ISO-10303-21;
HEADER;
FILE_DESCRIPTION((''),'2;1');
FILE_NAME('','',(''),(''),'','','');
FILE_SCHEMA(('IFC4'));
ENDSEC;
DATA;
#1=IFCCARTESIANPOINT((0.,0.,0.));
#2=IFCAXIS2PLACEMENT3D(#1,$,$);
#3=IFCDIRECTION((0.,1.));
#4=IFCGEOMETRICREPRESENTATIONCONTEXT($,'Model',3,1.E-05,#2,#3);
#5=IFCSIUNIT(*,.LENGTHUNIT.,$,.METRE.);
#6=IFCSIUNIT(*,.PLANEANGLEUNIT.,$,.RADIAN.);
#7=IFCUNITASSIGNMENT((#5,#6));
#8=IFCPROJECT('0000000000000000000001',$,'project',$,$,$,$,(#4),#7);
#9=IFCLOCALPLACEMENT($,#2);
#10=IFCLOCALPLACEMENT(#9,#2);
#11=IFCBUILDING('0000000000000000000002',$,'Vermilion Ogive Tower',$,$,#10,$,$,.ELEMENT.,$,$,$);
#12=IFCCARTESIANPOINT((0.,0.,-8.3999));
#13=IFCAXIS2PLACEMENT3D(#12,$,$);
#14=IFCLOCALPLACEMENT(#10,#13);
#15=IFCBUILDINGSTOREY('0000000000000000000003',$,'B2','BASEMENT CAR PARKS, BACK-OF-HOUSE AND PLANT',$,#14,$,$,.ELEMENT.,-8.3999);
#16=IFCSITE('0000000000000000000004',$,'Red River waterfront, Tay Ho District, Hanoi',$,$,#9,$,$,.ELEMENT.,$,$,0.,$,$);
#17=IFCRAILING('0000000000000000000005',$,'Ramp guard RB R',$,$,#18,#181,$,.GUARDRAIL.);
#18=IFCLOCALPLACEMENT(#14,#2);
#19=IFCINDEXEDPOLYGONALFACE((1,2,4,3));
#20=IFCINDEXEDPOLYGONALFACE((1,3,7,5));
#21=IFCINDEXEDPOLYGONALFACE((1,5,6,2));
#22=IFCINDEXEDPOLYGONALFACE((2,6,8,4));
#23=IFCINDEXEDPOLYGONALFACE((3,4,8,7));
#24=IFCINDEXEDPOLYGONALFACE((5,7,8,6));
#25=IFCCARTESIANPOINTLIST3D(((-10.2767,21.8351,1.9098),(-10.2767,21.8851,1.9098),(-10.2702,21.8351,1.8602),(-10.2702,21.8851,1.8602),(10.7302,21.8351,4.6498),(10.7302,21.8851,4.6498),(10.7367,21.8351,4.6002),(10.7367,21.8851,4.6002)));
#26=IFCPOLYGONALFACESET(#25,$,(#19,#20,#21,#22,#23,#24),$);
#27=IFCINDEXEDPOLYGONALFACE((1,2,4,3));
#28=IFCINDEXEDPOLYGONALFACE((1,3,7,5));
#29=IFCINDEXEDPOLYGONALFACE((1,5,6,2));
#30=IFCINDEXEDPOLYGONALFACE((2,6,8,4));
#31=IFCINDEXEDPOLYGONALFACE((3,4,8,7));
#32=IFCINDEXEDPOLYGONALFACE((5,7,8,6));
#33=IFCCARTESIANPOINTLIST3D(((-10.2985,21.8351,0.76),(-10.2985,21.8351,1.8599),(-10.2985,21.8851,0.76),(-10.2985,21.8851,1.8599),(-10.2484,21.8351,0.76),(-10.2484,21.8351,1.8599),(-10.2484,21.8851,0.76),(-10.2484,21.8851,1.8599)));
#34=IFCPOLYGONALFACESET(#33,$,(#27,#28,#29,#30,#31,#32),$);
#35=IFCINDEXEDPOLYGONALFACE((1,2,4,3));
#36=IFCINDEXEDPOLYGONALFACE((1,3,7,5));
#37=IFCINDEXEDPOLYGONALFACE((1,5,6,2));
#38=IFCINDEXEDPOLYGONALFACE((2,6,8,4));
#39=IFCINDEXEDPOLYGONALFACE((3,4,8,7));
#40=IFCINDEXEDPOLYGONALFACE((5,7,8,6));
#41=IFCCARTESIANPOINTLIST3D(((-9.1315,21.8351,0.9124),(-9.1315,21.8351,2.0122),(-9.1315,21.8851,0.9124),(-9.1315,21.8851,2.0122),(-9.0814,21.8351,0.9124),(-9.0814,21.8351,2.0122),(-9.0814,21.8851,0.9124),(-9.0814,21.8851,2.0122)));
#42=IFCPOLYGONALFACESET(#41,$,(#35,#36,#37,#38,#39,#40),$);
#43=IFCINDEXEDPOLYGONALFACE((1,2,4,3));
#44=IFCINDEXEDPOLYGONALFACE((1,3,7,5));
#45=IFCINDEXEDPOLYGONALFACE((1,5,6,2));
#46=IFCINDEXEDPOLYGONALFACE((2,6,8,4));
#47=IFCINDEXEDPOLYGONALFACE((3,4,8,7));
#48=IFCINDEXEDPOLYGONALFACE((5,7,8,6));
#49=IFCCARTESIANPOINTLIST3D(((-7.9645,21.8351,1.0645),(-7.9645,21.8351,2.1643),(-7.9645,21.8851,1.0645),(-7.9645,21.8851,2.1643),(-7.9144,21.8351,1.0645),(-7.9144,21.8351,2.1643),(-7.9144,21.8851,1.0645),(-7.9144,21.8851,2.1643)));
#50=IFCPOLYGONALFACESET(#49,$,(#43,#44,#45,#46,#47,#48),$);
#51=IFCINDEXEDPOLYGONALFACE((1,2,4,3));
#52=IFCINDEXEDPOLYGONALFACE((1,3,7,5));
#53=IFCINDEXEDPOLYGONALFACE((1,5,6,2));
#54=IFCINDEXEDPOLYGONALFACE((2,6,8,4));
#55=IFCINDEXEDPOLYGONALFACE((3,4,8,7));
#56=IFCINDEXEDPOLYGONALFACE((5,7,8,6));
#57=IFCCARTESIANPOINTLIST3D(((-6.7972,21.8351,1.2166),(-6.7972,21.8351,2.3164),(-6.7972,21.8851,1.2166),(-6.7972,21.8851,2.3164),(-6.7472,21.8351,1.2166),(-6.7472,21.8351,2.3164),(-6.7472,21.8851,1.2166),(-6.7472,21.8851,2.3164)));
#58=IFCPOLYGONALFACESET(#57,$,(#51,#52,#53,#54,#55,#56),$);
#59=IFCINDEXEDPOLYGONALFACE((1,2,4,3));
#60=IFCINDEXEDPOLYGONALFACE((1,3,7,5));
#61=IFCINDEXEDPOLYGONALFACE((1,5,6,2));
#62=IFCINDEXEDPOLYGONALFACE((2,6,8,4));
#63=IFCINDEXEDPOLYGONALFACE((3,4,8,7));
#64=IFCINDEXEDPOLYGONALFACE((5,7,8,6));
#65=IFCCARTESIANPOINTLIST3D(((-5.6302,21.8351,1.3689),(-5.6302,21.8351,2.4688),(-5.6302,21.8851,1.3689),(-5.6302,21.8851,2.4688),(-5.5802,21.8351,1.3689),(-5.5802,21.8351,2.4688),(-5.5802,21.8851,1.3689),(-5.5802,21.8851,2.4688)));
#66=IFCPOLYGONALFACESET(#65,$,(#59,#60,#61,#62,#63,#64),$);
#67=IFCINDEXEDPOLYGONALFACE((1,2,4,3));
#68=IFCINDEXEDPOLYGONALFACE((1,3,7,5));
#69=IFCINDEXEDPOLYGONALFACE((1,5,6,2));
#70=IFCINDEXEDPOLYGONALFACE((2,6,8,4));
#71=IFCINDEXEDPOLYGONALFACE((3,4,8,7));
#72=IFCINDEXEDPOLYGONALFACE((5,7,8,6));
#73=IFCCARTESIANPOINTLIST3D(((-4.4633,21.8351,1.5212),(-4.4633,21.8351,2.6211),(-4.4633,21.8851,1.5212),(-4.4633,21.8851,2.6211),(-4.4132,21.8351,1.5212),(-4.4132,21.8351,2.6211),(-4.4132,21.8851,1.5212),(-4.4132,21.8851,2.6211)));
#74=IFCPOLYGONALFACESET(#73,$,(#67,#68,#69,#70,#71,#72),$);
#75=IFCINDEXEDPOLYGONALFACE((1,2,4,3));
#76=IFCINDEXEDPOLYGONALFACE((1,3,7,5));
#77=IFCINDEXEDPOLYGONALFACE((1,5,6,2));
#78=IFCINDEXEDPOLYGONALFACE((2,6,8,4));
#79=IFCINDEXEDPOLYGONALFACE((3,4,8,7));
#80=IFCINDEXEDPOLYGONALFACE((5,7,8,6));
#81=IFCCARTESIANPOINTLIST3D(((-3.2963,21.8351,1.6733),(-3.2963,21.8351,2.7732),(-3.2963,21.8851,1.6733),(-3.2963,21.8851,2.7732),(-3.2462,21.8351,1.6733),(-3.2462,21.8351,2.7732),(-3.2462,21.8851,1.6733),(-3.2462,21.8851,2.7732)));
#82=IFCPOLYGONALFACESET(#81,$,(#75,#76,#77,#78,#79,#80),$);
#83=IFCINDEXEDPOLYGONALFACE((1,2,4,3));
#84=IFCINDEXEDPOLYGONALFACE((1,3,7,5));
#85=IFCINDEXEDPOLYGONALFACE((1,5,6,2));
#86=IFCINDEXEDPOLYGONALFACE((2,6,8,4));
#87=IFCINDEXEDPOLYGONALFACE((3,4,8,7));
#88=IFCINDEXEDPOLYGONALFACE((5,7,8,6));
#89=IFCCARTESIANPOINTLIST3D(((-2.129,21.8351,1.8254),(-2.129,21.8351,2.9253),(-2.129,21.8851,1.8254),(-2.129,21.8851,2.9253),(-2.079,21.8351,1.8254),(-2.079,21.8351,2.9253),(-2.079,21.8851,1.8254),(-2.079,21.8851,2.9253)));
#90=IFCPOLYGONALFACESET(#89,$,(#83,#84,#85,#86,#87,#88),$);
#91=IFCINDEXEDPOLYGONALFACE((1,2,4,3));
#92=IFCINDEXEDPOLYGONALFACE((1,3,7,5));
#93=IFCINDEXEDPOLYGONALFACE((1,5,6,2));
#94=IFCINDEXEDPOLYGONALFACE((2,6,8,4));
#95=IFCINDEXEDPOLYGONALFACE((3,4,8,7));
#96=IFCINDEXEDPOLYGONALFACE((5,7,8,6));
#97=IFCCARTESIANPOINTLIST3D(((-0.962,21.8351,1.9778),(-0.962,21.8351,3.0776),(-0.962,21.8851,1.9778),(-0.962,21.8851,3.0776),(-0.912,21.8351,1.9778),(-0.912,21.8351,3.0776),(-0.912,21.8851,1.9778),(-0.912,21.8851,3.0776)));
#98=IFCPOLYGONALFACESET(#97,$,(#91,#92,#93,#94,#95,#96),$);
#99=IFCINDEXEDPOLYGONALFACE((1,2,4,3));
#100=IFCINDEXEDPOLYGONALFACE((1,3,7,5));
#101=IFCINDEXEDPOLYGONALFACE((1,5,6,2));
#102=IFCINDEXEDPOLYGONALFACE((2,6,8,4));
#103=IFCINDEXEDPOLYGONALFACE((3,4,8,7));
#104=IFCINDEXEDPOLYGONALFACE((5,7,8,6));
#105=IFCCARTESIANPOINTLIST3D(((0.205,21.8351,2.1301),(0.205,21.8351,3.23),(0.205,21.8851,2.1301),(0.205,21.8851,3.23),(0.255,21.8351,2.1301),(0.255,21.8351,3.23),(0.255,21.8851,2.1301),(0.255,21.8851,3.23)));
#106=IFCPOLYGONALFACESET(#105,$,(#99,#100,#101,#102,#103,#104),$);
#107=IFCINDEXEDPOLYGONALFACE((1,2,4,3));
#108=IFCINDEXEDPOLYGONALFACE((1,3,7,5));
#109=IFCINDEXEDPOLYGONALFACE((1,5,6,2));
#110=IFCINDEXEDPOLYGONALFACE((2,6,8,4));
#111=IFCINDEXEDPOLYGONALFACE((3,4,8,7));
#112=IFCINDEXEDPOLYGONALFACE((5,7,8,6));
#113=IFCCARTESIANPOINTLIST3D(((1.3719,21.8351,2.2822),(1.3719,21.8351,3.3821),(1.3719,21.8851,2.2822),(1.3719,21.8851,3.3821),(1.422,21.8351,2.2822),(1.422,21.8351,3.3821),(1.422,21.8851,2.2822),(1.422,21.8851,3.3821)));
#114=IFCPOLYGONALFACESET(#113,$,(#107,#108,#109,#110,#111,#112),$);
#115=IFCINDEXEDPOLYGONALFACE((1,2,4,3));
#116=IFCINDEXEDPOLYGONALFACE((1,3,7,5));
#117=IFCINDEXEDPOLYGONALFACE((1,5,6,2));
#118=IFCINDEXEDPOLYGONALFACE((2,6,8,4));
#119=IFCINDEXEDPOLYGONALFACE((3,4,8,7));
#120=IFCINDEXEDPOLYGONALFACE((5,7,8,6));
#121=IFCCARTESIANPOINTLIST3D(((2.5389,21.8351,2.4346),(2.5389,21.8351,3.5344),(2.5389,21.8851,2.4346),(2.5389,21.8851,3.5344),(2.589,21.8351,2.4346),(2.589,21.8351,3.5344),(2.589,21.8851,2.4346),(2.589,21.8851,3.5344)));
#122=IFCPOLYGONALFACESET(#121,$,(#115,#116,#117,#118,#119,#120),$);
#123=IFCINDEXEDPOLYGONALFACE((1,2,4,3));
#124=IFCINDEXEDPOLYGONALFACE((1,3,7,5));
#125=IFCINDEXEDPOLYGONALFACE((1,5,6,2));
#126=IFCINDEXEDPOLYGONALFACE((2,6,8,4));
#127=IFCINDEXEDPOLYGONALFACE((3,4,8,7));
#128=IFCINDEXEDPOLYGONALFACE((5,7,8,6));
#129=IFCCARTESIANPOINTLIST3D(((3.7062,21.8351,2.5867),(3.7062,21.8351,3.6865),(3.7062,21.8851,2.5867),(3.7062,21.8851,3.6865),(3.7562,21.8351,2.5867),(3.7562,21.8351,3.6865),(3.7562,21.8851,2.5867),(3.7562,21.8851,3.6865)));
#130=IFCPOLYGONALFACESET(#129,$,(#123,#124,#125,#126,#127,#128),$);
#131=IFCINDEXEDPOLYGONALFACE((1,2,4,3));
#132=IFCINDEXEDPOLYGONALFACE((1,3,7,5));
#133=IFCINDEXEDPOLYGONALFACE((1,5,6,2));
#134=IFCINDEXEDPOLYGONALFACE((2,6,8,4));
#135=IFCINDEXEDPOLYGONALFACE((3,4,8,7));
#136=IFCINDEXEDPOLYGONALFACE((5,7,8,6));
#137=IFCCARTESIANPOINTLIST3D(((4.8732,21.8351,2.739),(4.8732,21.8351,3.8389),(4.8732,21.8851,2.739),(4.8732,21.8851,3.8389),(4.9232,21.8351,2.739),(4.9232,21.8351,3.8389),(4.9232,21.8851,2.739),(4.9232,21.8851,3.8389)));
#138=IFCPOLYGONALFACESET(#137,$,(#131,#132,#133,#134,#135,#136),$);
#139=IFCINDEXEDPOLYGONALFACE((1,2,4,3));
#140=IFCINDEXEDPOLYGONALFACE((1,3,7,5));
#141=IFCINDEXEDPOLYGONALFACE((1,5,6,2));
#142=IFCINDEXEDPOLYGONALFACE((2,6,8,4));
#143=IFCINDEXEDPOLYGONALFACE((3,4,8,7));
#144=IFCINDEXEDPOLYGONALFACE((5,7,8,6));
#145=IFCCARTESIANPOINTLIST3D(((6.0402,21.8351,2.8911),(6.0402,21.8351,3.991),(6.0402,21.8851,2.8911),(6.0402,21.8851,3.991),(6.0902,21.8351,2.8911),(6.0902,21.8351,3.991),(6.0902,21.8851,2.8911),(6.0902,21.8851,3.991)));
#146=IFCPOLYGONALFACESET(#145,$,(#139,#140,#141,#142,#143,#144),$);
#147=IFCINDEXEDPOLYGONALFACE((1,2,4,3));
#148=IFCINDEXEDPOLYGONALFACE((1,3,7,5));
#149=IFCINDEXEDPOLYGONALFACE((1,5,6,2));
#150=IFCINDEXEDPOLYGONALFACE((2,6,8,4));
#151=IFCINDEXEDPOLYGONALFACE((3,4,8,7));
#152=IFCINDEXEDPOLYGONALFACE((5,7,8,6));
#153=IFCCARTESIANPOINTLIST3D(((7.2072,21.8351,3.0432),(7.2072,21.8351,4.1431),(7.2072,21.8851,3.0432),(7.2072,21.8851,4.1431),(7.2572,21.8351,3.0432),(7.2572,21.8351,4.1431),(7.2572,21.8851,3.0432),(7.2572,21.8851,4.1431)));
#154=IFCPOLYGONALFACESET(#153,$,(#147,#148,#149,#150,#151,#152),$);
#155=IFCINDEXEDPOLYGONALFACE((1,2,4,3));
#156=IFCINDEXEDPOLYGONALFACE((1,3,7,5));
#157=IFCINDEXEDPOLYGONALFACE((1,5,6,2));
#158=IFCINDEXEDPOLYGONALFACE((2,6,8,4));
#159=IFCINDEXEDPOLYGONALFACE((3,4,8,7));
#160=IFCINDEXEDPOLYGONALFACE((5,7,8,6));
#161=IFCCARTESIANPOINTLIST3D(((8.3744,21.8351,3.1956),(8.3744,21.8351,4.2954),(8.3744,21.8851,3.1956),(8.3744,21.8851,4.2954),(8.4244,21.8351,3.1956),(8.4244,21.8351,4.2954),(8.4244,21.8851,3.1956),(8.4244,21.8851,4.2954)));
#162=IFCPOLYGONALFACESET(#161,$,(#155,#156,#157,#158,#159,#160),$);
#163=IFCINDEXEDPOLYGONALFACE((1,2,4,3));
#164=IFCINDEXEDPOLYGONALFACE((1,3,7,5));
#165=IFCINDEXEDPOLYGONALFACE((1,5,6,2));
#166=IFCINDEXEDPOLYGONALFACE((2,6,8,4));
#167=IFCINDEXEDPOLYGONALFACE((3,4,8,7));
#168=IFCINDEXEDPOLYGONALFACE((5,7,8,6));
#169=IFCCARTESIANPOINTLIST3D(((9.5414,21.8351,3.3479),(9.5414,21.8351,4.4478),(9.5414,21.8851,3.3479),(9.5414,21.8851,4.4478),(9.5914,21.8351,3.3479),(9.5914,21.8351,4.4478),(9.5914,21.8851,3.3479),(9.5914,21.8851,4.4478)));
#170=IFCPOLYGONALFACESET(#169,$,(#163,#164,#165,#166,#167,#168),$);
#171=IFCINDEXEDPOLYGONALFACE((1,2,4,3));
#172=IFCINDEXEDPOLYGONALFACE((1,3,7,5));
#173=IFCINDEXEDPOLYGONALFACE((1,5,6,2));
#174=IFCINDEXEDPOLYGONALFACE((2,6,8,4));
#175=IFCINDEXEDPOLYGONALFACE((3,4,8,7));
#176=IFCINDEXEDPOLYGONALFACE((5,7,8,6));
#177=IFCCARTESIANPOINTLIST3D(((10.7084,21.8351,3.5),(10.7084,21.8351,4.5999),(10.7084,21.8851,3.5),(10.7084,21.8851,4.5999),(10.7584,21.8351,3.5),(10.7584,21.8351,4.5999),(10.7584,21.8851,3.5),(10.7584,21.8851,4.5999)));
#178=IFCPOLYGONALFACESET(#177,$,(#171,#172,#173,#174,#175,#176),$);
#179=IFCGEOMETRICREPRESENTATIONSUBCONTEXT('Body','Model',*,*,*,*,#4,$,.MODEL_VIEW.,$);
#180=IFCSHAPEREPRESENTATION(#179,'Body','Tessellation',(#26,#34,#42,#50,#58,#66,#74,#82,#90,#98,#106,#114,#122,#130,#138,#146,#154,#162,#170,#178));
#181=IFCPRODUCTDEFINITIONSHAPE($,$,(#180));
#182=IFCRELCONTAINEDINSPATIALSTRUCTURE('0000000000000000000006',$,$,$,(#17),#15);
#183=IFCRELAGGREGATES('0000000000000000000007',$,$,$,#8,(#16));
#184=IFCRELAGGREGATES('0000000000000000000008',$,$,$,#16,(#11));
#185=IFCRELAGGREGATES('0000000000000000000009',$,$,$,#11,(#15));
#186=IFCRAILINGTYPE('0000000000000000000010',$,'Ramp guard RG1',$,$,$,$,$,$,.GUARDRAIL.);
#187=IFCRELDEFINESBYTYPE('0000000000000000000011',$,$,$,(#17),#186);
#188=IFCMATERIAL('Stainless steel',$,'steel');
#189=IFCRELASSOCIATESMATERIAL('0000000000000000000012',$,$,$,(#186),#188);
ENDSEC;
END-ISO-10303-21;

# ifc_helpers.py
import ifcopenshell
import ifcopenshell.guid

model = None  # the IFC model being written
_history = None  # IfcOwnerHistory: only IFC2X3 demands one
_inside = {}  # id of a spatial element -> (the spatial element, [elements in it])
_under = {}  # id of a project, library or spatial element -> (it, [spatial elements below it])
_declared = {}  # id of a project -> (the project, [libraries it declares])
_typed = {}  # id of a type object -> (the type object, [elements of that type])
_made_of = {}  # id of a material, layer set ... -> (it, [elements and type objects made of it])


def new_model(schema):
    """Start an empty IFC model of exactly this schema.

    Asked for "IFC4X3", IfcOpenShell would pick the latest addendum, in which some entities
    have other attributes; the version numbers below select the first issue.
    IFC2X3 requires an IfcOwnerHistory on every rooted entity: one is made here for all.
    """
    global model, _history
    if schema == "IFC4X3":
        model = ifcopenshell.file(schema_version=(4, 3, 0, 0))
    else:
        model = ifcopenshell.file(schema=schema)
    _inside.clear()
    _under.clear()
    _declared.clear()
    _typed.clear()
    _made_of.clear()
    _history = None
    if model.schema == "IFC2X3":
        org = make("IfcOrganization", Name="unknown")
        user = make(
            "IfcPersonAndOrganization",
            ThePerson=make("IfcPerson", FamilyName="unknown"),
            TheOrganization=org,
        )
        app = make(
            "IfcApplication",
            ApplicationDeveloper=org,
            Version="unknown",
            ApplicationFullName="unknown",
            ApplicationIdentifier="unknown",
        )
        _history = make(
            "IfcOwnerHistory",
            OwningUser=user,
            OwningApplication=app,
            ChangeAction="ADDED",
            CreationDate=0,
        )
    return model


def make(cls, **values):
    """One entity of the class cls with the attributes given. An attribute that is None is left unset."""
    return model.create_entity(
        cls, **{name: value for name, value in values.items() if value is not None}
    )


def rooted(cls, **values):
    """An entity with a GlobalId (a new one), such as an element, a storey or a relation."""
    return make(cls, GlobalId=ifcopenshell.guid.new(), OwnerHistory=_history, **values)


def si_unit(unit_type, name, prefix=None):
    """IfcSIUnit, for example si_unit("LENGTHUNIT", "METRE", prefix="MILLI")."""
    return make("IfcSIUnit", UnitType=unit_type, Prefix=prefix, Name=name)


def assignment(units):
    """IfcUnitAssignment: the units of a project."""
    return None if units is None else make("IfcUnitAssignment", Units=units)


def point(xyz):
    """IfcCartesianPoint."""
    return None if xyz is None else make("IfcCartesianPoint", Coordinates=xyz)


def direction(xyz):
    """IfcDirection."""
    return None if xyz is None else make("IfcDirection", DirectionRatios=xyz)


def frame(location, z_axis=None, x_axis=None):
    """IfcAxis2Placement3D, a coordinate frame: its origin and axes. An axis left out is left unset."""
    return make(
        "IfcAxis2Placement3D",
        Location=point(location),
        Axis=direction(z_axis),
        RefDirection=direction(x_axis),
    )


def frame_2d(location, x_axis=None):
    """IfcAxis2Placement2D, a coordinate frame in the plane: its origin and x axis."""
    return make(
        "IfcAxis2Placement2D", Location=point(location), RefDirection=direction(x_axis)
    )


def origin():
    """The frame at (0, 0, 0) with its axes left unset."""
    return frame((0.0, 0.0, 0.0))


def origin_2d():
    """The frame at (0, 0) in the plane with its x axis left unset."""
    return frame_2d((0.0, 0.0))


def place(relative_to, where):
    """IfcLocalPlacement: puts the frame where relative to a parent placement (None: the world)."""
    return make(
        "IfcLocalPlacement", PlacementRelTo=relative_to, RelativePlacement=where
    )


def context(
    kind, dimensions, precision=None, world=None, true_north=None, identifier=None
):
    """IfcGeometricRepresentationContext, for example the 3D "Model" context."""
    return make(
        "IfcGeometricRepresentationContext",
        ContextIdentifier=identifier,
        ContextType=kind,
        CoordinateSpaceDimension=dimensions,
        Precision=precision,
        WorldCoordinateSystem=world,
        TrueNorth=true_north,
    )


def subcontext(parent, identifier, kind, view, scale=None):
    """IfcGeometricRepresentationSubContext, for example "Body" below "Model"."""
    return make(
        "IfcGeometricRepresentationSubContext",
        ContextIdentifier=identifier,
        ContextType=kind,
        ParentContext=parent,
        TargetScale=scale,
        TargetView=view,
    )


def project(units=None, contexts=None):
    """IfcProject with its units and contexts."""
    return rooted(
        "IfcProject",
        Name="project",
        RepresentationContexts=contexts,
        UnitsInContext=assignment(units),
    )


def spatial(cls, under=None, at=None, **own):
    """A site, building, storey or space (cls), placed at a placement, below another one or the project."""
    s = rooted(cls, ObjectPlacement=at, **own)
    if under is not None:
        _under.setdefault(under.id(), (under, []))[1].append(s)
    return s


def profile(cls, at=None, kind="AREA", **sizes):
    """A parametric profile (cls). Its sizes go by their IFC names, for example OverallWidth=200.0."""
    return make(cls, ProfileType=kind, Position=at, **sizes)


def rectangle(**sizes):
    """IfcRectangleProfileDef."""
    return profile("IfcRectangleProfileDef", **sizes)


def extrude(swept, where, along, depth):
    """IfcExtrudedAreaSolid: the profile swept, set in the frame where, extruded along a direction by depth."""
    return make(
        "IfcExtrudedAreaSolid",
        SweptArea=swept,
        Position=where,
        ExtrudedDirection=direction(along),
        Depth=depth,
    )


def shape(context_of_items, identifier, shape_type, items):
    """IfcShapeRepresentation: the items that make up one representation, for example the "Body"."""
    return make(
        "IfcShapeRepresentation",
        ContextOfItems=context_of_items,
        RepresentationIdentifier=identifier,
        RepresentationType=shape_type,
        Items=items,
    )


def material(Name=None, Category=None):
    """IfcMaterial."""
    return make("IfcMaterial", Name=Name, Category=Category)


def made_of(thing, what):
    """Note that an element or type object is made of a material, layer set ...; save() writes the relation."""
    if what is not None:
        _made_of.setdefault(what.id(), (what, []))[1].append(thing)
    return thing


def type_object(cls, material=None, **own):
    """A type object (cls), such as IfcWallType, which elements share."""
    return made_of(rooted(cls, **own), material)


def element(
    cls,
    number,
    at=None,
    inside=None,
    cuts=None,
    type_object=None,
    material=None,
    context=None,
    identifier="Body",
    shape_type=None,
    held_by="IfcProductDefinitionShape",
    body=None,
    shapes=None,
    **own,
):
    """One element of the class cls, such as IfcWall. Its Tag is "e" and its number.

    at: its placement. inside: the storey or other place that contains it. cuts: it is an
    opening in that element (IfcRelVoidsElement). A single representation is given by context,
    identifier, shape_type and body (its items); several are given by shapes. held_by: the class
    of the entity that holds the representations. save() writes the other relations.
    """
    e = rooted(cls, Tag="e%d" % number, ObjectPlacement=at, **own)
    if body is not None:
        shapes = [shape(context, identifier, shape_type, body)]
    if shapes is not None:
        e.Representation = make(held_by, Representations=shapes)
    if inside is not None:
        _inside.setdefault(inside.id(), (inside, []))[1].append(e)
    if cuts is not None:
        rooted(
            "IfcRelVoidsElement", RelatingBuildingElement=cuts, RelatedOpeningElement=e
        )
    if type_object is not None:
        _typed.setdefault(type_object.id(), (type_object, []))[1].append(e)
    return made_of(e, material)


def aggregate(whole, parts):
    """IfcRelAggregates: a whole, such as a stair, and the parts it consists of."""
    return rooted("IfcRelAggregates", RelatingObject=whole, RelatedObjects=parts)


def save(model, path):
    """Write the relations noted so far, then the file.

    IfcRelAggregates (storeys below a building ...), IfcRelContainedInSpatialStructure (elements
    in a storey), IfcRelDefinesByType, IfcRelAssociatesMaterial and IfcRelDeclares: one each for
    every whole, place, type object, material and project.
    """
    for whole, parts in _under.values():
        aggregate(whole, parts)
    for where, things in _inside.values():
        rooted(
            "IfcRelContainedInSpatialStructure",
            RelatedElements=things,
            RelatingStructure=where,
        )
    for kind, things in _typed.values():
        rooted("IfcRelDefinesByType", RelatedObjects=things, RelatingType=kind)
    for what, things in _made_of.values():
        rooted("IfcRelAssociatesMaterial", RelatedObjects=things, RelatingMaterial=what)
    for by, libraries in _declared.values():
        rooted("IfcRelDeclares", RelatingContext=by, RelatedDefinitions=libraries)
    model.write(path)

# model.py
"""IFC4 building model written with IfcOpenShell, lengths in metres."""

from ifc_helpers import new_model, si_unit, direction, frame, origin, origin_2d, place, context, subcontext, project, spatial, rectangle, extrude, material, type_object, element, save


model = new_model("IFC4")

# Units and contexts
model_context = context("Model", 3, precision=1e-05, world=origin(), true_north=direction((0.0, 1.0)))
body_context = subcontext(model_context, "Body", "Model", "MODEL_VIEW")
ifc_project = project(units=[si_unit("LENGTHUNIT", "METRE"), si_unit("PLANEANGLEUNIT", "RADIAN")], contexts=[model_context])

# Site, building, storey
site_placement = place(None, origin())
site = spatial("IfcSite", under=ifc_project, at=site_placement, Name="Red River waterfront, Tay Ho District, Hanoi", CompositionType="ELEMENT", RefElevation=0.0)
building_placement = place(site_placement, origin())
building = spatial("IfcBuilding", under=site, at=building_placement, Name="Vermilion Ogive Tower", CompositionType="ELEMENT")
storey_placement = place(building_placement, frame((0.0, 0.0, -8.3999)))
storey = spatial("IfcBuildingStorey", under=building, at=storey_placement, Name="B2", Description="BASEMENT CAR PARKS, BACK-OF-HOUSE AND PLANT", CompositionType="ELEMENT", Elevation=-8.3999)

# Railing
ifc_material_1 = material(Name="Stainless steel", Category="steel")
railing_type = type_object("IfcRailingType", Name="Ramp guard RG1", PredefinedType="GUARDRAIL", material=ifc_material_1)
railing_1_placement = place(storey_placement, frame((-10.2734, 21.8601, 0.76)))
element("IfcRailing", 1, at=railing_1_placement, inside=storey, type_object=railing_type, Name="Ramp guard RB R", PredefinedType="GUARDRAIL", context=body_context, shape_type="SweptSolid", body=[
    extrude(rectangle(XDim=0.05, YDim=0.05, at=origin_2d()), frame((0.0, 0.0, 1.125), z_axis=(0.991601, 0.0, 0.129338), x_axis=(0.0, 1.0, 0.0)), (0.0, 0.0, 1.0), 21.1848),
    extrude(rectangle(XDim=0.05, YDim=0.05, at=origin_2d()), origin(), (0.0, 0.0, 1.0), 1.0999),
    extrude(rectangle(XDim=0.05, YDim=0.05, at=origin_2d()), frame((1.167, 0.0, 0.1523)), (0.0, 0.0, 1.0), 1.0999),
    extrude(rectangle(XDim=0.05, YDim=0.05, at=origin_2d()), frame((2.334, 0.0, 0.3044)), (0.0, 0.0, 1.0), 1.0999),
    extrude(rectangle(XDim=0.05, YDim=0.05, at=origin_2d()), frame((3.5012, 0.0, 0.4565)), (0.0, 0.0, 1.0), 1.0999),
    extrude(rectangle(XDim=0.05, YDim=0.05, at=origin_2d()), frame((4.6682, 0.0, 0.6089)), (0.0, 0.0, 1.0), 1.0999),
    extrude(rectangle(XDim=0.05, YDim=0.05, at=origin_2d()), frame((5.8352, 0.0, 0.7612)), (0.0, 0.0, 1.0), 1.0999),
    extrude(rectangle(XDim=0.05, YDim=0.05, at=origin_2d()), frame((7.0022, 0.0, 0.9133)), (0.0, 0.0, 1.0), 1.0999),
    extrude(rectangle(XDim=0.05, YDim=0.05, at=origin_2d()), frame((8.1694, 0.0, 1.0654)), (0.0, 0.0, 1.0), 1.0999),
    extrude(rectangle(XDim=0.05, YDim=0.05, at=origin_2d()), frame((9.3364, 0.0, 1.2178)), (0.0, 0.0, 1.0), 1.0999),
    extrude(rectangle(XDim=0.05, YDim=0.05, at=origin_2d()), frame((10.5034, 0.0, 1.3701)), (0.0, 0.0, 1.0), 1.0999),
    extrude(rectangle(XDim=0.05, YDim=0.05, at=origin_2d()), frame((11.6704, 0.0, 1.5222)), (0.0, 0.0, 1.0), 1.0999),
    extrude(rectangle(XDim=0.05, YDim=0.05, at=origin_2d()), frame((12.8374, 0.0, 1.6746)), (0.0, 0.0, 1.0), 1.0999),
    extrude(rectangle(XDim=0.05, YDim=0.05, at=origin_2d()), frame((14.0046, 0.0, 1.8267)), (0.0, 0.0, 1.0), 1.0999),
    extrude(rectangle(XDim=0.05, YDim=0.05, at=origin_2d()), frame((15.1716, 0.0, 1.979)), (0.0, 0.0, 1.0), 1.0999),
    extrude(rectangle(XDim=0.05, YDim=0.05, at=origin_2d()), frame((16.3386, 0.0, 2.1311)), (0.0, 0.0, 1.0), 1.0999),
    extrude(rectangle(XDim=0.05, YDim=0.05, at=origin_2d()), frame((17.5056, 0.0, 2.2832)), (0.0, 0.0, 1.0), 1.0999),
    extrude(rectangle(XDim=0.05, YDim=0.05, at=origin_2d()), frame((18.6729, 0.0, 2.4355)), (0.0, 0.0, 1.0), 1.0999),
    extrude(rectangle(XDim=0.05, YDim=0.05, at=origin_2d()), frame((19.8398, 0.0, 2.5879)), (0.0, 0.0, 1.0), 1.0999),
    extrude(rectangle(XDim=0.05, YDim=0.05, at=origin_2d()), frame((21.0068, 0.0, 2.74)), (0.0, 0.0, 1.0), 1.0999),
])

save(model, "model.ifc")
